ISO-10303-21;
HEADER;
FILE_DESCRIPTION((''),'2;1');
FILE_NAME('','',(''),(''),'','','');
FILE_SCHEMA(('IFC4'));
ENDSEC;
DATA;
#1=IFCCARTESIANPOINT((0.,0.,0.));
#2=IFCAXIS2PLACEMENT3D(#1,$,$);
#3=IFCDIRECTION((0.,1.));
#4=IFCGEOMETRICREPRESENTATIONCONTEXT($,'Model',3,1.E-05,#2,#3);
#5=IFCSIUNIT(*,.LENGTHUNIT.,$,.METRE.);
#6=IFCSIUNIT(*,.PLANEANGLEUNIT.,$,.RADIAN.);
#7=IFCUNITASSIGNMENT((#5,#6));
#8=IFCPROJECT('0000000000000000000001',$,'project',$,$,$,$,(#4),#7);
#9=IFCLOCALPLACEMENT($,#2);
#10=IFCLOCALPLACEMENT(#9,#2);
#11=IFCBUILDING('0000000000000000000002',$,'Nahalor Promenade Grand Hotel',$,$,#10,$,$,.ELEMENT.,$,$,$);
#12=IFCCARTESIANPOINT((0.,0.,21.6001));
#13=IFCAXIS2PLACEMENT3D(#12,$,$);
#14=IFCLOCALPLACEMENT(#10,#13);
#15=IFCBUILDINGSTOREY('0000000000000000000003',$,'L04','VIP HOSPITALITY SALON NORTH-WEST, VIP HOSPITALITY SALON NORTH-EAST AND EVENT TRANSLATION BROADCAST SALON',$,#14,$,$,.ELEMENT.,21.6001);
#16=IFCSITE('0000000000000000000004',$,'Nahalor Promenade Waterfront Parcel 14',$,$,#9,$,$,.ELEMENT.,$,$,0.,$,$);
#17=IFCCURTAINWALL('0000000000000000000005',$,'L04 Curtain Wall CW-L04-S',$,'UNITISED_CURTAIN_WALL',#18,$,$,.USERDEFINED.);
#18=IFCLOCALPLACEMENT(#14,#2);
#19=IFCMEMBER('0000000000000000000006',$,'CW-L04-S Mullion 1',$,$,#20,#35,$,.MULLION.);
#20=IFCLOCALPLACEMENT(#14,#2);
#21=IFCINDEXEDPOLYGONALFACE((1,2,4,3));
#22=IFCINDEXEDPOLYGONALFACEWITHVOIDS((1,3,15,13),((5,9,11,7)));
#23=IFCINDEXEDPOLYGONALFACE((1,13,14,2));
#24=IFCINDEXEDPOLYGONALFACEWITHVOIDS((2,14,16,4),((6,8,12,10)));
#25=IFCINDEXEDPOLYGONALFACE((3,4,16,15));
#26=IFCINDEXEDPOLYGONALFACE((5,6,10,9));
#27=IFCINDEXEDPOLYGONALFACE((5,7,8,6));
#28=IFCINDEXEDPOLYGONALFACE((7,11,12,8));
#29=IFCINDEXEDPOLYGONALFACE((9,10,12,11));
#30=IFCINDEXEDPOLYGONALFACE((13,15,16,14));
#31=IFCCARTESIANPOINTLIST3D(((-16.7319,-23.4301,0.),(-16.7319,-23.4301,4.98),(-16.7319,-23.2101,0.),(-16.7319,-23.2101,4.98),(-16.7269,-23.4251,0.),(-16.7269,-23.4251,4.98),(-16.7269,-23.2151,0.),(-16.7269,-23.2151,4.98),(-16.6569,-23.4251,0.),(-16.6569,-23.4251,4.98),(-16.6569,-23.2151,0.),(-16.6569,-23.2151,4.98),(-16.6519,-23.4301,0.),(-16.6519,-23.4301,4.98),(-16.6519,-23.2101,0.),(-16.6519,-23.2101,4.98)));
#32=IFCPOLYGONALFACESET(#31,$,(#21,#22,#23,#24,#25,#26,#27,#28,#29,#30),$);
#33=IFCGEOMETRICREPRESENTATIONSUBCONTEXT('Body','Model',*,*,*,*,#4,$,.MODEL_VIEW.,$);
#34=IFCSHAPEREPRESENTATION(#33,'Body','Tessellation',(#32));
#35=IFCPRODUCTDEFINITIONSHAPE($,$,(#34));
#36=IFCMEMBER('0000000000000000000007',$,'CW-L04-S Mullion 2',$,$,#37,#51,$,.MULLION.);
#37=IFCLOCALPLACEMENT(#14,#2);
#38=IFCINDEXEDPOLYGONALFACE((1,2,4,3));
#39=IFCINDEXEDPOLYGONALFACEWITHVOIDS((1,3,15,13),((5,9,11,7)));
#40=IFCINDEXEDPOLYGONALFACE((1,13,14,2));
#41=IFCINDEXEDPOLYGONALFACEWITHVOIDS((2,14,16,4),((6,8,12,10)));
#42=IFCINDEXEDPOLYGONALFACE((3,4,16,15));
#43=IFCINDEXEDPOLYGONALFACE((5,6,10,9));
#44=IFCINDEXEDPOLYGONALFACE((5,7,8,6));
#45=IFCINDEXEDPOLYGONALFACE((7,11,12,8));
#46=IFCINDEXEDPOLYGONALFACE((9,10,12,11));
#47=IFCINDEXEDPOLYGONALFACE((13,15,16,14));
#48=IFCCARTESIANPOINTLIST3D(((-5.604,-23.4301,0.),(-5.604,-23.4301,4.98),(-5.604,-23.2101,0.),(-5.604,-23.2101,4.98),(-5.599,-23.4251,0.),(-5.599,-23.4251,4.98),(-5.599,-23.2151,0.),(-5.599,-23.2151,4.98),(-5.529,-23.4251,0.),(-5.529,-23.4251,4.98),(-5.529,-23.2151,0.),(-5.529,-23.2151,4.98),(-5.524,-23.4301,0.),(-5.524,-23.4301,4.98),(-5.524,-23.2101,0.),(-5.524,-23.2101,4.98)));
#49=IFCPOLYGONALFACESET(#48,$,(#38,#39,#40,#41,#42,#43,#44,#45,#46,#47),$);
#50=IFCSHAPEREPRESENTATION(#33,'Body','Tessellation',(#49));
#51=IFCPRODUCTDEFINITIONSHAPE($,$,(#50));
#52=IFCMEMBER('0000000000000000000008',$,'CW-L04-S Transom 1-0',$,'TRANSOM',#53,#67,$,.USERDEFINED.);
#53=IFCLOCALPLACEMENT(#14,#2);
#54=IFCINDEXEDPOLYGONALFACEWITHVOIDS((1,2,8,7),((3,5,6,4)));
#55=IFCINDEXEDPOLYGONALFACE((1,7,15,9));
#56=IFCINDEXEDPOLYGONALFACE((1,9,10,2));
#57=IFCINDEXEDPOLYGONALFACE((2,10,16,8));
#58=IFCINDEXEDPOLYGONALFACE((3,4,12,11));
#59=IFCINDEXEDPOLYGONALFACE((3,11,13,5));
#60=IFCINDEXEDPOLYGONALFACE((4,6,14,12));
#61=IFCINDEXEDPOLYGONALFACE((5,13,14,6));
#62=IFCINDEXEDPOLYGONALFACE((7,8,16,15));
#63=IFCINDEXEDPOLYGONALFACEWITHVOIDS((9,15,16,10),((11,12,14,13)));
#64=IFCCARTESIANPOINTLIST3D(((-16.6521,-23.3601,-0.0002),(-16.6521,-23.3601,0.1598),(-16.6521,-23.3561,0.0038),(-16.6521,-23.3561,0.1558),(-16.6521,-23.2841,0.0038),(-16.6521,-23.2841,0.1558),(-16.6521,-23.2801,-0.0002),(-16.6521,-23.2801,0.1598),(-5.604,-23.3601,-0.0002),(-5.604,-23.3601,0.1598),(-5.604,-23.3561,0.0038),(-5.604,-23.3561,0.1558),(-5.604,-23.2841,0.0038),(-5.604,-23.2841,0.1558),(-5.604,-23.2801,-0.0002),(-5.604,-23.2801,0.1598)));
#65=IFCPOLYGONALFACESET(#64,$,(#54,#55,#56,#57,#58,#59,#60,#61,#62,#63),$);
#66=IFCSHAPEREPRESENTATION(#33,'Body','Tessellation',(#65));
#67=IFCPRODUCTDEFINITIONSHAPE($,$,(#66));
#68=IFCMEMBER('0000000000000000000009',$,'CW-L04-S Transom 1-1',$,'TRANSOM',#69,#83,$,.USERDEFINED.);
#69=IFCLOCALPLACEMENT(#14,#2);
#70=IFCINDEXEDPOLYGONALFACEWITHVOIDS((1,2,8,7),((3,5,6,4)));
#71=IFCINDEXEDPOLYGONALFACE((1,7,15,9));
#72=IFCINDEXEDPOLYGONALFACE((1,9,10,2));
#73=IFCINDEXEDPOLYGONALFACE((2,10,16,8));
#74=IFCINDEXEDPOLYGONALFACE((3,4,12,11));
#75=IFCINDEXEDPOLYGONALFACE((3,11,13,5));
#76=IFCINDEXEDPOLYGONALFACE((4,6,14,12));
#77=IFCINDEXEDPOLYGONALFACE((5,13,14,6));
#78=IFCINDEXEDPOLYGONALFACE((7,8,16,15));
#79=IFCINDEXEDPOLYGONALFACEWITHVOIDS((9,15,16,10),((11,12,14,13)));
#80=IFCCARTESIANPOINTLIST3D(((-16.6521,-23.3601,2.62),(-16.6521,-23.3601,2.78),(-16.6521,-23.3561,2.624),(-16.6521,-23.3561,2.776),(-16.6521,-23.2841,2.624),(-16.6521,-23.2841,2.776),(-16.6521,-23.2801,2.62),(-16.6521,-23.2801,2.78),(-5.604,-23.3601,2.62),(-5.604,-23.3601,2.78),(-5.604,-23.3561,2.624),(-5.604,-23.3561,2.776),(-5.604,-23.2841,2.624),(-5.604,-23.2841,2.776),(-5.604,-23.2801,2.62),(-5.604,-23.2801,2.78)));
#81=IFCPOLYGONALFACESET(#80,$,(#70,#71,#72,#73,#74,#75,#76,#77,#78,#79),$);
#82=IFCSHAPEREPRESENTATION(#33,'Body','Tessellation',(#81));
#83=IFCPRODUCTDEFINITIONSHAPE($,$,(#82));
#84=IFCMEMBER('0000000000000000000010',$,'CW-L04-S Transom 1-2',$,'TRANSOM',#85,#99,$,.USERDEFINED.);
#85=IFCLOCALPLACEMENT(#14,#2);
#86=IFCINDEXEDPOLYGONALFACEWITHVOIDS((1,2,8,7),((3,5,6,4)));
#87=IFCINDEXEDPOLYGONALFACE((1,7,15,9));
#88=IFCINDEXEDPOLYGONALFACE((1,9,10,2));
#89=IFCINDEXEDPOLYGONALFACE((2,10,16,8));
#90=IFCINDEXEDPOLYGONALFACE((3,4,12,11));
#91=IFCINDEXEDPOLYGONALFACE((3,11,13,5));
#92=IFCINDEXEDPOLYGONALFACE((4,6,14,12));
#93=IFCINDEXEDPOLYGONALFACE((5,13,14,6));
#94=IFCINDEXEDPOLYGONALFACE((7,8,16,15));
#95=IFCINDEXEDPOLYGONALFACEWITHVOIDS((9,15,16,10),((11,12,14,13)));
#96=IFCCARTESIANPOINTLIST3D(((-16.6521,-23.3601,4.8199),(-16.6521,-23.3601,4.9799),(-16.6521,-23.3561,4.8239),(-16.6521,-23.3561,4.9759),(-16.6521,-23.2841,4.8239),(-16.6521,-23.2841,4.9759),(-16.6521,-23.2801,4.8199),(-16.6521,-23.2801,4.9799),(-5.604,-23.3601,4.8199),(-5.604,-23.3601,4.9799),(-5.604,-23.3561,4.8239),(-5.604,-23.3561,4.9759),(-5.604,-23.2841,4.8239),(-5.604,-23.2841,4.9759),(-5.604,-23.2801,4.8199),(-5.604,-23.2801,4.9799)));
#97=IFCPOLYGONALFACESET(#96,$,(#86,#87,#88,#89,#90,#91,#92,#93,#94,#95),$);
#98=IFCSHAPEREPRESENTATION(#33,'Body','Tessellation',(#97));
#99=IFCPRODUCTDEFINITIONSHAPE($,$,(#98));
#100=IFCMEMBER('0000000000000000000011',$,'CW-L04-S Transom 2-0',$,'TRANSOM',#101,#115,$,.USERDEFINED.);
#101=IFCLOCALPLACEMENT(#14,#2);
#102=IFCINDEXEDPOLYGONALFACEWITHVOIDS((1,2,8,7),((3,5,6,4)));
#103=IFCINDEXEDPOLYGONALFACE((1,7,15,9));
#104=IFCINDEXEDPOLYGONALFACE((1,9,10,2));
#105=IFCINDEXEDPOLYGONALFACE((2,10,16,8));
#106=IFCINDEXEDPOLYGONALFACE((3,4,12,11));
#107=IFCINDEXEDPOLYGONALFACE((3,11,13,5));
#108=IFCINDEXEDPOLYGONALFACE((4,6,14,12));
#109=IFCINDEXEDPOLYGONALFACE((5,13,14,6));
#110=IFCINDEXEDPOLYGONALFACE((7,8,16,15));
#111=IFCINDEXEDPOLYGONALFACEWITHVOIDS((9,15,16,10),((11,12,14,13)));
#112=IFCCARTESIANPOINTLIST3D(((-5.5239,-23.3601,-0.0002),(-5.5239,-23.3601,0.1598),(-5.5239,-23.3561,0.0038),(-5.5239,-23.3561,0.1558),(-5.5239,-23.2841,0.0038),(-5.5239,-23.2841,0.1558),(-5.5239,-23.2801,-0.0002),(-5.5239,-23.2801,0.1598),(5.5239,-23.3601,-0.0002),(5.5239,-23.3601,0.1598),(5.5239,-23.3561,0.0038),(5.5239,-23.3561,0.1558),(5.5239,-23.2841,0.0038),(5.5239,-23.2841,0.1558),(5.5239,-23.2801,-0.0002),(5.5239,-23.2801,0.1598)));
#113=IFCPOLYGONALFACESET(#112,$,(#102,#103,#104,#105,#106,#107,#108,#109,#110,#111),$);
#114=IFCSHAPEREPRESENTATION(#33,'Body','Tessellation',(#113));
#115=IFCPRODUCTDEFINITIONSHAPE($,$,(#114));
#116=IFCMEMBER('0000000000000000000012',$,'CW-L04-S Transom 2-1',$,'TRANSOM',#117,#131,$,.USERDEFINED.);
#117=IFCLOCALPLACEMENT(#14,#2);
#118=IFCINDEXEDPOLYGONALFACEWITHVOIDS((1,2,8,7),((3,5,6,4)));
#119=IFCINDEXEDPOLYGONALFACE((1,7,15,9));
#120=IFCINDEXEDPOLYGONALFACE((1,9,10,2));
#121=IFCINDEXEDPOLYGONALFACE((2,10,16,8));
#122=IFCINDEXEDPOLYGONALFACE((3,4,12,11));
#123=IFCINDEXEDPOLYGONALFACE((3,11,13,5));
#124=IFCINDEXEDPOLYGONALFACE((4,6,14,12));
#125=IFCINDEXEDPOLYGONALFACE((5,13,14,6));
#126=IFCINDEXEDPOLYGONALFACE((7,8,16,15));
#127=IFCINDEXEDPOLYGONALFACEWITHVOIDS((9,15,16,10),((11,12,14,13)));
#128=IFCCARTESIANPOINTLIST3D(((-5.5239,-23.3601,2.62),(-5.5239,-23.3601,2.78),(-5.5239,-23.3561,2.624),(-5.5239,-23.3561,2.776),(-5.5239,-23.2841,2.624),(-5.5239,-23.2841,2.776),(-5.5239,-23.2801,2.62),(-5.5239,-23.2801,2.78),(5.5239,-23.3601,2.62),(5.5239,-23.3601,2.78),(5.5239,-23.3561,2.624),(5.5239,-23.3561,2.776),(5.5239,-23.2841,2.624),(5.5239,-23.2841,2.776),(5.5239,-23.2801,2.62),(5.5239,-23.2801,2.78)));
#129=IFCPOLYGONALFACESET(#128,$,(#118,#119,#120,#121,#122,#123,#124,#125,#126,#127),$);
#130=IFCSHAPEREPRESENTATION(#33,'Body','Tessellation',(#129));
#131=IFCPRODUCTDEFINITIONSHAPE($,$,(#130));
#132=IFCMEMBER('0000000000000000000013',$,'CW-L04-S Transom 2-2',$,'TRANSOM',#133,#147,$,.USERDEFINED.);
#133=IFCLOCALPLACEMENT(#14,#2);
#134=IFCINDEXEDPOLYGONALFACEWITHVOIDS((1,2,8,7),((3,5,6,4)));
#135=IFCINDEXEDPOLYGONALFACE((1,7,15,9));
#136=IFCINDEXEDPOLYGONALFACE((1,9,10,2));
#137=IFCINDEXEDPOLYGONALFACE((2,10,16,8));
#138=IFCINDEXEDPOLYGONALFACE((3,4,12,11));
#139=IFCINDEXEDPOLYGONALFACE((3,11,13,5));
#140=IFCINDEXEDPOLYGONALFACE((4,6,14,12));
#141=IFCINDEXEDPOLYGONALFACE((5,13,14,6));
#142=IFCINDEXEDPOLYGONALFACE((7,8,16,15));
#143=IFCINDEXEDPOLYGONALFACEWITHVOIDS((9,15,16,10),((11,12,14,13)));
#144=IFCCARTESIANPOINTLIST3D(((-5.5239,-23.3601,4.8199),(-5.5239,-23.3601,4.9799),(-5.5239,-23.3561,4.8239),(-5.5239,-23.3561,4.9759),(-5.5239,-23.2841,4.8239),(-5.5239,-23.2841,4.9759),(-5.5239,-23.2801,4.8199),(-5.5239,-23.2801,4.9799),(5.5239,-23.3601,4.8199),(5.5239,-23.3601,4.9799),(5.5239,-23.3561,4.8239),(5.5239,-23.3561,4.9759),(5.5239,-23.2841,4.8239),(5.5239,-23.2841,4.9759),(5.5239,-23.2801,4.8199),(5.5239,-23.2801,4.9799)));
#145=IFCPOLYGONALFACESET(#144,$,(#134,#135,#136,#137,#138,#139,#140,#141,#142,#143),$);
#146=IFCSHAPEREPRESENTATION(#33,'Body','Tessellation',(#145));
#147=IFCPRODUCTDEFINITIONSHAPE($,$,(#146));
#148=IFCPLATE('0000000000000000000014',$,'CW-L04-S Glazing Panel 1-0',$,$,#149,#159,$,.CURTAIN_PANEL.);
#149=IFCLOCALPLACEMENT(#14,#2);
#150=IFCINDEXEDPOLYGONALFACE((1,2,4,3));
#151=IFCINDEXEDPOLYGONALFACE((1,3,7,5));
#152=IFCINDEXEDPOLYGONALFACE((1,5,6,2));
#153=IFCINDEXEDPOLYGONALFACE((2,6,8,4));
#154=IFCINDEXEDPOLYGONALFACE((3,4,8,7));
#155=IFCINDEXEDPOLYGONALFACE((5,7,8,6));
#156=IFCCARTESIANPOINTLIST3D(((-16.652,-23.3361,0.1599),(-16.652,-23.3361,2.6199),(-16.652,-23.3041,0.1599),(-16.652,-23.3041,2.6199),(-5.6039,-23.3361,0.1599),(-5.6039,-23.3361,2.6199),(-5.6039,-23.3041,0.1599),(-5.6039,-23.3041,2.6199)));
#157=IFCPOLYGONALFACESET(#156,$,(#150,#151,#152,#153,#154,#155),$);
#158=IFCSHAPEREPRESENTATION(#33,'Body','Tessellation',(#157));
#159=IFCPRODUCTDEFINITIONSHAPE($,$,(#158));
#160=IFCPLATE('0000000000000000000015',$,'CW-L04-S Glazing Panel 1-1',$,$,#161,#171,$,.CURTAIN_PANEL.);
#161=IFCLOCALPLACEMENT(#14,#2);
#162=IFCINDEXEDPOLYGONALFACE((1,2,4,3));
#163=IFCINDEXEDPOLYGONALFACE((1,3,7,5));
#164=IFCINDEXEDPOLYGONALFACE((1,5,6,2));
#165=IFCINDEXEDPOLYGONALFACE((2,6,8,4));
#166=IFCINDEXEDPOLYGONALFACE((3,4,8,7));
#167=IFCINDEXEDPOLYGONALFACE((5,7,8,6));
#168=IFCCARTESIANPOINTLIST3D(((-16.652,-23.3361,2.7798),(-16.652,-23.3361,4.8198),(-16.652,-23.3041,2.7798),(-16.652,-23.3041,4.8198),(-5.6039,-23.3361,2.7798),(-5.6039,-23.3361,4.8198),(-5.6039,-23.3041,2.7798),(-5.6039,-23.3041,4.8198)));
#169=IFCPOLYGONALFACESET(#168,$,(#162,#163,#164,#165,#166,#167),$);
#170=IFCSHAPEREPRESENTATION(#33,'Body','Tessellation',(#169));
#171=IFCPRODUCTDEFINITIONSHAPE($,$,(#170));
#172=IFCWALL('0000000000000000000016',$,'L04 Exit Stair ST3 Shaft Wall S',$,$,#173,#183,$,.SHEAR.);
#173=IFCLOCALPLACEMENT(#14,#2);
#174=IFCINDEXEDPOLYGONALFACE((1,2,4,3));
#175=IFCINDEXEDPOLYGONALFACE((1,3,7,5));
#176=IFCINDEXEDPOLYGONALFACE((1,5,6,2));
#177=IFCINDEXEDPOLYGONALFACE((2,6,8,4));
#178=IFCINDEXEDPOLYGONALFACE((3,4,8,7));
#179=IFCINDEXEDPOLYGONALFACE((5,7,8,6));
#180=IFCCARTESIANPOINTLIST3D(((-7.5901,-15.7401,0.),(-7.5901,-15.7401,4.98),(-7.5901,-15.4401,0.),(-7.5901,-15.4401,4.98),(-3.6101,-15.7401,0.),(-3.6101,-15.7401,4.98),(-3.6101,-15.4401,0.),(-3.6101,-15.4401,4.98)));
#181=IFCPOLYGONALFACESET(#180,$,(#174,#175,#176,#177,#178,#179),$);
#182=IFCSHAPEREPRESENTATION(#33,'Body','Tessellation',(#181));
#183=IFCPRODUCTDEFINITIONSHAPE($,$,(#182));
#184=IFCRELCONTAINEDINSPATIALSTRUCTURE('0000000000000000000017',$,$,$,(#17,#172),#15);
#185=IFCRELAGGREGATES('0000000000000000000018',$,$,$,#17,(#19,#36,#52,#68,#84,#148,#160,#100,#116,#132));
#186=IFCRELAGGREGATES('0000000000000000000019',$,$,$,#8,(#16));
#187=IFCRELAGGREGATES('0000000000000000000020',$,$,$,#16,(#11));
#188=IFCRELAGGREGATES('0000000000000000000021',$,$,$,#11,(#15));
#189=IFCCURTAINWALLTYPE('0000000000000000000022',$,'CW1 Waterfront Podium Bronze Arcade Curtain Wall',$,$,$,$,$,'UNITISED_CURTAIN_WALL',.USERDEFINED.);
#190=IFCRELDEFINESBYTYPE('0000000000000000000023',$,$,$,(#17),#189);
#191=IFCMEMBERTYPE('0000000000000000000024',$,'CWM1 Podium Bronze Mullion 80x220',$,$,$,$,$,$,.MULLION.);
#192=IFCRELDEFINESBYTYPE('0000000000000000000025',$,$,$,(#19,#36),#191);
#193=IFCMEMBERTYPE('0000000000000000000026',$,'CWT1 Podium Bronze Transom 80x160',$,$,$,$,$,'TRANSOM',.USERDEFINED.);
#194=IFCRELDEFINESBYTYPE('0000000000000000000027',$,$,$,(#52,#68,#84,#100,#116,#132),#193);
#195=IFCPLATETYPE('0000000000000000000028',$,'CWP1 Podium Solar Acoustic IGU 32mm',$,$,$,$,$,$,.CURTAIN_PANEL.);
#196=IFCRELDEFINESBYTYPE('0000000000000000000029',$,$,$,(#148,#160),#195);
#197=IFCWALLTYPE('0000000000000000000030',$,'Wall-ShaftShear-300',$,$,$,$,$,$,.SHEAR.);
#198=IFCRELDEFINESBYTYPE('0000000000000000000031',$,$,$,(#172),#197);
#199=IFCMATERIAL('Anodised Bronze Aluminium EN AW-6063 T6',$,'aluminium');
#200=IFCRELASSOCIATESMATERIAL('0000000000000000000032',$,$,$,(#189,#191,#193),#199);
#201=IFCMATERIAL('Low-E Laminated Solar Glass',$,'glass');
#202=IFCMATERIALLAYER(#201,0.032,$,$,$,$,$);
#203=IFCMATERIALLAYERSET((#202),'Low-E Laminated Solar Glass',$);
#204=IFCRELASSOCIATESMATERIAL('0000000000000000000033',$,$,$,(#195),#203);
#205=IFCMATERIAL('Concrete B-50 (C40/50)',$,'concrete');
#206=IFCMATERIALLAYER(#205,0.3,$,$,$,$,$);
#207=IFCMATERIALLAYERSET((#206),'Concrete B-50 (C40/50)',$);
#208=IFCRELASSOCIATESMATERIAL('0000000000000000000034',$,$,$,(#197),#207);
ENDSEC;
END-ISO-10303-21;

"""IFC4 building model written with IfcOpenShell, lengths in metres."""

from ifc_helpers import new_model, si_unit, direction, frame, frame_2d, origin, origin_2d, place, context, subcontext, project, spatial, rectangle, hollow_rectangle, extrude, source, transform, mapped, material, layer, layer_set, material_profile, profile_set, type_object, element, aggregate, save


model = new_model("IFC4")

# Units and contexts
model_context = context("Model", 3, precision=1e-05, world=origin(), true_north=direction((0.0, 1.0)))
body_context = subcontext(model_context, "Body", "Model", "MODEL_VIEW")
ifc_project = project(units=[si_unit("LENGTHUNIT", "METRE"), si_unit("PLANEANGLEUNIT", "RADIAN")], contexts=[model_context])

# Site, building, storey
site_placement = place(None, origin())
site = spatial("IfcSite", under=ifc_project, at=site_placement, Name="Nahalor Promenade Waterfront Parcel 14", CompositionType="ELEMENT", RefElevation=0.0)
building_placement = place(site_placement, origin())
building = spatial("IfcBuilding", under=site, at=building_placement, Name="Nahalor Promenade Grand Hotel", CompositionType="ELEMENT")
storey_placement = place(building_placement, frame((0.0, 0.0, 21.6001)))
storey = spatial("IfcBuildingStorey", under=building, at=storey_placement, Name="L04", Description="VIP HOSPITALITY SALON NORTH-WEST, VIP HOSPITALITY SALON NORTH-EAST AND EVENT TRANSLATION BROADCAST SALON", CompositionType="ELEMENT", Elevation=21.6001)

# Curtain wall, members, plates
ifc_material_1 = material(Name="Anodised Bronze Aluminium EN AW-6063 T6", Category="aluminium")
curtain_wall_type = type_object("IfcCurtainWallType", Name="CW1 Waterfront Podium Bronze Arcade Curtain Wall", ElementType="UNITISED_CURTAIN_WALL", PredefinedType="USERDEFINED", material=ifc_material_1)
curtain_wall_placement = place(storey_placement, origin())
curtain_wall = element("IfcCurtainWall", 1, at=curtain_wall_placement, inside=storey, type_object=curtain_wall_type, Name="L04 Curtain Wall CW-L04-S", ObjectType="UNITISED_CURTAIN_WALL", PredefinedType="USERDEFINED")
ifc_material_profile_1 = material_profile(ifc_material_1, hollow_rectangle(XDim=0.08, YDim=0.22, WallThickness=0.005, at=origin_2d()), Name="CWM 80x220x5")
ifc_profile_set_1 = profile_set([ifc_material_profile_1], Name="Anodised Bronze Aluminium EN AW-6063 T6")
member_type_1 = type_object("IfcMemberType", Name="CWM1 Podium Bronze Mullion 80x220", PredefinedType="MULLION", material=ifc_profile_set_1)
shared_shape_1 = source(origin(), body_context, "Body", "SweptSolid", [
    extrude(hollow_rectangle(XDim=0.08, YDim=0.22, WallThickness=0.005, at=origin_2d()), origin(), (0.0, 0.0, 1.0), 4.98),
])
member_1_placement = place(storey_placement, frame((-16.6919, -23.3201, 0.0), z_axis=(0.0, 0.0, 1.0), x_axis=(1.0, 0.0, 0.0)))
member_1 = element("IfcMember", 2, at=member_1_placement, type_object=member_type_1, Name="CW-L04-S Mullion 1", PredefinedType="MULLION", context=body_context, shape_type="MappedRepresentation", body=[
    mapped(shared_shape_1, transform((0.0, 0.0, 0.0), scale=1.0)),
])
member_2_placement = place(storey_placement, frame((-5.564, -23.3201, 0.0), z_axis=(0.0, 0.0, 1.0), x_axis=(1.0, 0.0, 0.0)))
member_2 = element("IfcMember", 3, at=member_2_placement, type_object=member_type_1, Name="CW-L04-S Mullion 2", PredefinedType="MULLION", context=body_context, shape_type="MappedRepresentation", body=[
    mapped(shared_shape_1, transform((0.0, 0.0, 0.0), scale=1.0)),
])
ifc_material_profile_2 = material_profile(ifc_material_1, hollow_rectangle(XDim=0.08, YDim=0.16, WallThickness=0.004, at=origin_2d()), Name="CWT 80x160x4")
ifc_profile_set_2 = profile_set([ifc_material_profile_2], Name="Anodised Bronze Aluminium EN AW-6063 T6")
member_type_2 = type_object("IfcMemberType", Name="CWT1 Podium Bronze Transom 80x160", ElementType="TRANSOM", PredefinedType="USERDEFINED", material=ifc_profile_set_2)
shared_shape_2 = source(origin(), body_context, "Body", "SweptSolid", [
    extrude(hollow_rectangle(XDim=0.08, YDim=0.16, WallThickness=0.004, at=origin_2d()), origin(), (0.0, 0.0, 1.0), 11.0481),
])
member_3_placement = place(storey_placement, frame((-16.6521, -23.3201, 0.0798), z_axis=(1.0, 0.0, 0.0), x_axis=(0.0, 1.0, 0.0)))
member_3 = element("IfcMember", 4, at=member_3_placement, type_object=member_type_2, Name="CW-L04-S Transom 1-0", ObjectType="TRANSOM", PredefinedType="USERDEFINED", context=body_context, shape_type="MappedRepresentation", body=[
    mapped(shared_shape_2, transform((0.0, 0.0, 0.0), scale=1.0)),
])
member_4_placement = place(storey_placement, frame((-16.6521, -23.3201, 2.7), z_axis=(1.0, 0.0, 0.0), x_axis=(0.0, 1.0, 0.0)))
member_4 = element("IfcMember", 5, at=member_4_placement, type_object=member_type_2, Name="CW-L04-S Transom 1-1", ObjectType="TRANSOM", PredefinedType="USERDEFINED", context=body_context, shape_type="MappedRepresentation", body=[
    mapped(shared_shape_2, transform((0.0, 0.0, 0.0), scale=1.0)),
])
member_5_placement = place(storey_placement, frame((-16.6521, -23.3201, 4.8999), z_axis=(1.0, 0.0, 0.0), x_axis=(0.0, 1.0, 0.0)))
member_5 = element("IfcMember", 6, at=member_5_placement, type_object=member_type_2, Name="CW-L04-S Transom 1-2", ObjectType="TRANSOM", PredefinedType="USERDEFINED", context=body_context, shape_type="MappedRepresentation", body=[
    mapped(shared_shape_2, transform((0.0, 0.0, 0.0), scale=1.0)),
])
shared_shape_3 = source(origin(), body_context, "Body", "SweptSolid", [
    extrude(hollow_rectangle(XDim=0.08, YDim=0.16, WallThickness=0.004, at=origin_2d()), origin(), (0.0, 0.0, 1.0), 11.0479),
])
member_6_placement = place(storey_placement, frame((-5.5239, -23.3201, 0.0798), z_axis=(1.0, 0.0, 0.0), x_axis=(0.0, 1.0, 0.0)))
member_6 = element("IfcMember", 7, at=member_6_placement, type_object=member_type_2, Name="CW-L04-S Transom 2-0", ObjectType="TRANSOM", PredefinedType="USERDEFINED", context=body_context, shape_type="MappedRepresentation", body=[
    mapped(shared_shape_3, transform((0.0, 0.0, 0.0), scale=1.0)),
])
member_7_placement = place(storey_placement, frame((-5.5239, -23.3201, 2.7), z_axis=(1.0, 0.0, 0.0), x_axis=(0.0, 1.0, 0.0)))
member_7 = element("IfcMember", 8, at=member_7_placement, type_object=member_type_2, Name="CW-L04-S Transom 2-1", ObjectType="TRANSOM", PredefinedType="USERDEFINED", context=body_context, shape_type="MappedRepresentation", body=[
    mapped(shared_shape_3, transform((0.0, 0.0, 0.0), scale=1.0)),
])
member_8_placement = place(storey_placement, frame((-5.5239, -23.3201, 4.8999), z_axis=(1.0, 0.0, 0.0), x_axis=(0.0, 1.0, 0.0)))
member_8 = element("IfcMember", 9, at=member_8_placement, type_object=member_type_2, Name="CW-L04-S Transom 2-2", ObjectType="TRANSOM", PredefinedType="USERDEFINED", context=body_context, shape_type="MappedRepresentation", body=[
    mapped(shared_shape_3, transform((0.0, 0.0, 0.0), scale=1.0)),
])
ifc_material_2 = material(Name="Low-E Laminated Solar Glass", Category="glass")
ifc_layer_1 = layer(ifc_material_2, 0.032)
ifc_layer_set_1 = layer_set([ifc_layer_1], Name="Low-E Laminated Solar Glass")
plate_type = type_object("IfcPlateType", Name="CWP1 Podium Solar Acoustic IGU 32mm", PredefinedType="CURTAIN_PANEL", material=ifc_layer_set_1)
shared_shape_4 = source(origin(), body_context, "Body", "SweptSolid", [
    extrude(rectangle(XDim=11.0481, YDim=0.032, at=origin_2d()), origin(), (0.0, 0.0, 1.0), 2.46),
])
plate_1_placement = place(storey_placement, frame((-11.1279, -23.3201, 0.1599), z_axis=(0.0, 0.0, 1.0), x_axis=(1.0, 0.0, 0.0)))
plate_1 = element("IfcPlate", 10, at=plate_1_placement, type_object=plate_type, Name="CW-L04-S Glazing Panel 1-0", PredefinedType="CURTAIN_PANEL", context=body_context, shape_type="MappedRepresentation", body=[
    mapped(shared_shape_4, transform((0.0, 0.0, 0.0), scale=1.0)),
])
shared_shape_5 = source(origin(), body_context, "Body", "SweptSolid", [
    extrude(rectangle(XDim=11.0481, YDim=0.032, at=origin_2d()), origin(), (0.0, 0.0, 1.0), 2.04),
])
plate_2_placement = place(storey_placement, frame((-11.1279, -23.3201, 2.7798), z_axis=(0.0, 0.0, 1.0), x_axis=(1.0, 0.0, 0.0)))
plate_2 = element("IfcPlate", 11, at=plate_2_placement, type_object=plate_type, Name="CW-L04-S Glazing Panel 1-1", PredefinedType="CURTAIN_PANEL", context=body_context, shape_type="MappedRepresentation", body=[
    mapped(shared_shape_5, transform((0.0, 0.0, 0.0), scale=1.0)),
])
aggregate(curtain_wall, [member_1, member_2, member_3, member_4, member_5, plate_1, plate_2, member_6, member_7, member_8])

# Wall
ifc_material_3 = material(Name="Concrete B-50 (C40/50)", Category="concrete")
ifc_layer_2 = layer(ifc_material_3, 0.3)
ifc_layer_set_2 = layer_set([ifc_layer_2], Name="Concrete B-50 (C40/50)")
wall_type_1 = type_object("IfcWallType", Name="Wall-ShaftShear-300", PredefinedType="SHEAR", material=ifc_layer_set_2)
shared_shape_6 = source(origin(), body_context, "Body", "SweptSolid", [
    extrude(rectangle(XDim=3.98, YDim=0.3, at=frame_2d((1.99, 0.0))), origin(), (0.0, 0.0, 1.0), 4.98),
])
wall_1_placement = place(storey_placement, frame((-7.5901, -15.5901, 0.0), z_axis=(0.0, 0.0, 1.0), x_axis=(1.0, 0.0, 0.0)))
element("IfcWall", 12, at=wall_1_placement, inside=storey, type_object=wall_type_1, Name="L04 Exit Stair ST3 Shaft Wall S", PredefinedType="SHEAR", context=body_context, shape_type="MappedRepresentation", body=[
    mapped(shared_shape_6, transform((0.0, 0.0, 0.0), scale=1.0)),
])

save(model, "model.ifc")
